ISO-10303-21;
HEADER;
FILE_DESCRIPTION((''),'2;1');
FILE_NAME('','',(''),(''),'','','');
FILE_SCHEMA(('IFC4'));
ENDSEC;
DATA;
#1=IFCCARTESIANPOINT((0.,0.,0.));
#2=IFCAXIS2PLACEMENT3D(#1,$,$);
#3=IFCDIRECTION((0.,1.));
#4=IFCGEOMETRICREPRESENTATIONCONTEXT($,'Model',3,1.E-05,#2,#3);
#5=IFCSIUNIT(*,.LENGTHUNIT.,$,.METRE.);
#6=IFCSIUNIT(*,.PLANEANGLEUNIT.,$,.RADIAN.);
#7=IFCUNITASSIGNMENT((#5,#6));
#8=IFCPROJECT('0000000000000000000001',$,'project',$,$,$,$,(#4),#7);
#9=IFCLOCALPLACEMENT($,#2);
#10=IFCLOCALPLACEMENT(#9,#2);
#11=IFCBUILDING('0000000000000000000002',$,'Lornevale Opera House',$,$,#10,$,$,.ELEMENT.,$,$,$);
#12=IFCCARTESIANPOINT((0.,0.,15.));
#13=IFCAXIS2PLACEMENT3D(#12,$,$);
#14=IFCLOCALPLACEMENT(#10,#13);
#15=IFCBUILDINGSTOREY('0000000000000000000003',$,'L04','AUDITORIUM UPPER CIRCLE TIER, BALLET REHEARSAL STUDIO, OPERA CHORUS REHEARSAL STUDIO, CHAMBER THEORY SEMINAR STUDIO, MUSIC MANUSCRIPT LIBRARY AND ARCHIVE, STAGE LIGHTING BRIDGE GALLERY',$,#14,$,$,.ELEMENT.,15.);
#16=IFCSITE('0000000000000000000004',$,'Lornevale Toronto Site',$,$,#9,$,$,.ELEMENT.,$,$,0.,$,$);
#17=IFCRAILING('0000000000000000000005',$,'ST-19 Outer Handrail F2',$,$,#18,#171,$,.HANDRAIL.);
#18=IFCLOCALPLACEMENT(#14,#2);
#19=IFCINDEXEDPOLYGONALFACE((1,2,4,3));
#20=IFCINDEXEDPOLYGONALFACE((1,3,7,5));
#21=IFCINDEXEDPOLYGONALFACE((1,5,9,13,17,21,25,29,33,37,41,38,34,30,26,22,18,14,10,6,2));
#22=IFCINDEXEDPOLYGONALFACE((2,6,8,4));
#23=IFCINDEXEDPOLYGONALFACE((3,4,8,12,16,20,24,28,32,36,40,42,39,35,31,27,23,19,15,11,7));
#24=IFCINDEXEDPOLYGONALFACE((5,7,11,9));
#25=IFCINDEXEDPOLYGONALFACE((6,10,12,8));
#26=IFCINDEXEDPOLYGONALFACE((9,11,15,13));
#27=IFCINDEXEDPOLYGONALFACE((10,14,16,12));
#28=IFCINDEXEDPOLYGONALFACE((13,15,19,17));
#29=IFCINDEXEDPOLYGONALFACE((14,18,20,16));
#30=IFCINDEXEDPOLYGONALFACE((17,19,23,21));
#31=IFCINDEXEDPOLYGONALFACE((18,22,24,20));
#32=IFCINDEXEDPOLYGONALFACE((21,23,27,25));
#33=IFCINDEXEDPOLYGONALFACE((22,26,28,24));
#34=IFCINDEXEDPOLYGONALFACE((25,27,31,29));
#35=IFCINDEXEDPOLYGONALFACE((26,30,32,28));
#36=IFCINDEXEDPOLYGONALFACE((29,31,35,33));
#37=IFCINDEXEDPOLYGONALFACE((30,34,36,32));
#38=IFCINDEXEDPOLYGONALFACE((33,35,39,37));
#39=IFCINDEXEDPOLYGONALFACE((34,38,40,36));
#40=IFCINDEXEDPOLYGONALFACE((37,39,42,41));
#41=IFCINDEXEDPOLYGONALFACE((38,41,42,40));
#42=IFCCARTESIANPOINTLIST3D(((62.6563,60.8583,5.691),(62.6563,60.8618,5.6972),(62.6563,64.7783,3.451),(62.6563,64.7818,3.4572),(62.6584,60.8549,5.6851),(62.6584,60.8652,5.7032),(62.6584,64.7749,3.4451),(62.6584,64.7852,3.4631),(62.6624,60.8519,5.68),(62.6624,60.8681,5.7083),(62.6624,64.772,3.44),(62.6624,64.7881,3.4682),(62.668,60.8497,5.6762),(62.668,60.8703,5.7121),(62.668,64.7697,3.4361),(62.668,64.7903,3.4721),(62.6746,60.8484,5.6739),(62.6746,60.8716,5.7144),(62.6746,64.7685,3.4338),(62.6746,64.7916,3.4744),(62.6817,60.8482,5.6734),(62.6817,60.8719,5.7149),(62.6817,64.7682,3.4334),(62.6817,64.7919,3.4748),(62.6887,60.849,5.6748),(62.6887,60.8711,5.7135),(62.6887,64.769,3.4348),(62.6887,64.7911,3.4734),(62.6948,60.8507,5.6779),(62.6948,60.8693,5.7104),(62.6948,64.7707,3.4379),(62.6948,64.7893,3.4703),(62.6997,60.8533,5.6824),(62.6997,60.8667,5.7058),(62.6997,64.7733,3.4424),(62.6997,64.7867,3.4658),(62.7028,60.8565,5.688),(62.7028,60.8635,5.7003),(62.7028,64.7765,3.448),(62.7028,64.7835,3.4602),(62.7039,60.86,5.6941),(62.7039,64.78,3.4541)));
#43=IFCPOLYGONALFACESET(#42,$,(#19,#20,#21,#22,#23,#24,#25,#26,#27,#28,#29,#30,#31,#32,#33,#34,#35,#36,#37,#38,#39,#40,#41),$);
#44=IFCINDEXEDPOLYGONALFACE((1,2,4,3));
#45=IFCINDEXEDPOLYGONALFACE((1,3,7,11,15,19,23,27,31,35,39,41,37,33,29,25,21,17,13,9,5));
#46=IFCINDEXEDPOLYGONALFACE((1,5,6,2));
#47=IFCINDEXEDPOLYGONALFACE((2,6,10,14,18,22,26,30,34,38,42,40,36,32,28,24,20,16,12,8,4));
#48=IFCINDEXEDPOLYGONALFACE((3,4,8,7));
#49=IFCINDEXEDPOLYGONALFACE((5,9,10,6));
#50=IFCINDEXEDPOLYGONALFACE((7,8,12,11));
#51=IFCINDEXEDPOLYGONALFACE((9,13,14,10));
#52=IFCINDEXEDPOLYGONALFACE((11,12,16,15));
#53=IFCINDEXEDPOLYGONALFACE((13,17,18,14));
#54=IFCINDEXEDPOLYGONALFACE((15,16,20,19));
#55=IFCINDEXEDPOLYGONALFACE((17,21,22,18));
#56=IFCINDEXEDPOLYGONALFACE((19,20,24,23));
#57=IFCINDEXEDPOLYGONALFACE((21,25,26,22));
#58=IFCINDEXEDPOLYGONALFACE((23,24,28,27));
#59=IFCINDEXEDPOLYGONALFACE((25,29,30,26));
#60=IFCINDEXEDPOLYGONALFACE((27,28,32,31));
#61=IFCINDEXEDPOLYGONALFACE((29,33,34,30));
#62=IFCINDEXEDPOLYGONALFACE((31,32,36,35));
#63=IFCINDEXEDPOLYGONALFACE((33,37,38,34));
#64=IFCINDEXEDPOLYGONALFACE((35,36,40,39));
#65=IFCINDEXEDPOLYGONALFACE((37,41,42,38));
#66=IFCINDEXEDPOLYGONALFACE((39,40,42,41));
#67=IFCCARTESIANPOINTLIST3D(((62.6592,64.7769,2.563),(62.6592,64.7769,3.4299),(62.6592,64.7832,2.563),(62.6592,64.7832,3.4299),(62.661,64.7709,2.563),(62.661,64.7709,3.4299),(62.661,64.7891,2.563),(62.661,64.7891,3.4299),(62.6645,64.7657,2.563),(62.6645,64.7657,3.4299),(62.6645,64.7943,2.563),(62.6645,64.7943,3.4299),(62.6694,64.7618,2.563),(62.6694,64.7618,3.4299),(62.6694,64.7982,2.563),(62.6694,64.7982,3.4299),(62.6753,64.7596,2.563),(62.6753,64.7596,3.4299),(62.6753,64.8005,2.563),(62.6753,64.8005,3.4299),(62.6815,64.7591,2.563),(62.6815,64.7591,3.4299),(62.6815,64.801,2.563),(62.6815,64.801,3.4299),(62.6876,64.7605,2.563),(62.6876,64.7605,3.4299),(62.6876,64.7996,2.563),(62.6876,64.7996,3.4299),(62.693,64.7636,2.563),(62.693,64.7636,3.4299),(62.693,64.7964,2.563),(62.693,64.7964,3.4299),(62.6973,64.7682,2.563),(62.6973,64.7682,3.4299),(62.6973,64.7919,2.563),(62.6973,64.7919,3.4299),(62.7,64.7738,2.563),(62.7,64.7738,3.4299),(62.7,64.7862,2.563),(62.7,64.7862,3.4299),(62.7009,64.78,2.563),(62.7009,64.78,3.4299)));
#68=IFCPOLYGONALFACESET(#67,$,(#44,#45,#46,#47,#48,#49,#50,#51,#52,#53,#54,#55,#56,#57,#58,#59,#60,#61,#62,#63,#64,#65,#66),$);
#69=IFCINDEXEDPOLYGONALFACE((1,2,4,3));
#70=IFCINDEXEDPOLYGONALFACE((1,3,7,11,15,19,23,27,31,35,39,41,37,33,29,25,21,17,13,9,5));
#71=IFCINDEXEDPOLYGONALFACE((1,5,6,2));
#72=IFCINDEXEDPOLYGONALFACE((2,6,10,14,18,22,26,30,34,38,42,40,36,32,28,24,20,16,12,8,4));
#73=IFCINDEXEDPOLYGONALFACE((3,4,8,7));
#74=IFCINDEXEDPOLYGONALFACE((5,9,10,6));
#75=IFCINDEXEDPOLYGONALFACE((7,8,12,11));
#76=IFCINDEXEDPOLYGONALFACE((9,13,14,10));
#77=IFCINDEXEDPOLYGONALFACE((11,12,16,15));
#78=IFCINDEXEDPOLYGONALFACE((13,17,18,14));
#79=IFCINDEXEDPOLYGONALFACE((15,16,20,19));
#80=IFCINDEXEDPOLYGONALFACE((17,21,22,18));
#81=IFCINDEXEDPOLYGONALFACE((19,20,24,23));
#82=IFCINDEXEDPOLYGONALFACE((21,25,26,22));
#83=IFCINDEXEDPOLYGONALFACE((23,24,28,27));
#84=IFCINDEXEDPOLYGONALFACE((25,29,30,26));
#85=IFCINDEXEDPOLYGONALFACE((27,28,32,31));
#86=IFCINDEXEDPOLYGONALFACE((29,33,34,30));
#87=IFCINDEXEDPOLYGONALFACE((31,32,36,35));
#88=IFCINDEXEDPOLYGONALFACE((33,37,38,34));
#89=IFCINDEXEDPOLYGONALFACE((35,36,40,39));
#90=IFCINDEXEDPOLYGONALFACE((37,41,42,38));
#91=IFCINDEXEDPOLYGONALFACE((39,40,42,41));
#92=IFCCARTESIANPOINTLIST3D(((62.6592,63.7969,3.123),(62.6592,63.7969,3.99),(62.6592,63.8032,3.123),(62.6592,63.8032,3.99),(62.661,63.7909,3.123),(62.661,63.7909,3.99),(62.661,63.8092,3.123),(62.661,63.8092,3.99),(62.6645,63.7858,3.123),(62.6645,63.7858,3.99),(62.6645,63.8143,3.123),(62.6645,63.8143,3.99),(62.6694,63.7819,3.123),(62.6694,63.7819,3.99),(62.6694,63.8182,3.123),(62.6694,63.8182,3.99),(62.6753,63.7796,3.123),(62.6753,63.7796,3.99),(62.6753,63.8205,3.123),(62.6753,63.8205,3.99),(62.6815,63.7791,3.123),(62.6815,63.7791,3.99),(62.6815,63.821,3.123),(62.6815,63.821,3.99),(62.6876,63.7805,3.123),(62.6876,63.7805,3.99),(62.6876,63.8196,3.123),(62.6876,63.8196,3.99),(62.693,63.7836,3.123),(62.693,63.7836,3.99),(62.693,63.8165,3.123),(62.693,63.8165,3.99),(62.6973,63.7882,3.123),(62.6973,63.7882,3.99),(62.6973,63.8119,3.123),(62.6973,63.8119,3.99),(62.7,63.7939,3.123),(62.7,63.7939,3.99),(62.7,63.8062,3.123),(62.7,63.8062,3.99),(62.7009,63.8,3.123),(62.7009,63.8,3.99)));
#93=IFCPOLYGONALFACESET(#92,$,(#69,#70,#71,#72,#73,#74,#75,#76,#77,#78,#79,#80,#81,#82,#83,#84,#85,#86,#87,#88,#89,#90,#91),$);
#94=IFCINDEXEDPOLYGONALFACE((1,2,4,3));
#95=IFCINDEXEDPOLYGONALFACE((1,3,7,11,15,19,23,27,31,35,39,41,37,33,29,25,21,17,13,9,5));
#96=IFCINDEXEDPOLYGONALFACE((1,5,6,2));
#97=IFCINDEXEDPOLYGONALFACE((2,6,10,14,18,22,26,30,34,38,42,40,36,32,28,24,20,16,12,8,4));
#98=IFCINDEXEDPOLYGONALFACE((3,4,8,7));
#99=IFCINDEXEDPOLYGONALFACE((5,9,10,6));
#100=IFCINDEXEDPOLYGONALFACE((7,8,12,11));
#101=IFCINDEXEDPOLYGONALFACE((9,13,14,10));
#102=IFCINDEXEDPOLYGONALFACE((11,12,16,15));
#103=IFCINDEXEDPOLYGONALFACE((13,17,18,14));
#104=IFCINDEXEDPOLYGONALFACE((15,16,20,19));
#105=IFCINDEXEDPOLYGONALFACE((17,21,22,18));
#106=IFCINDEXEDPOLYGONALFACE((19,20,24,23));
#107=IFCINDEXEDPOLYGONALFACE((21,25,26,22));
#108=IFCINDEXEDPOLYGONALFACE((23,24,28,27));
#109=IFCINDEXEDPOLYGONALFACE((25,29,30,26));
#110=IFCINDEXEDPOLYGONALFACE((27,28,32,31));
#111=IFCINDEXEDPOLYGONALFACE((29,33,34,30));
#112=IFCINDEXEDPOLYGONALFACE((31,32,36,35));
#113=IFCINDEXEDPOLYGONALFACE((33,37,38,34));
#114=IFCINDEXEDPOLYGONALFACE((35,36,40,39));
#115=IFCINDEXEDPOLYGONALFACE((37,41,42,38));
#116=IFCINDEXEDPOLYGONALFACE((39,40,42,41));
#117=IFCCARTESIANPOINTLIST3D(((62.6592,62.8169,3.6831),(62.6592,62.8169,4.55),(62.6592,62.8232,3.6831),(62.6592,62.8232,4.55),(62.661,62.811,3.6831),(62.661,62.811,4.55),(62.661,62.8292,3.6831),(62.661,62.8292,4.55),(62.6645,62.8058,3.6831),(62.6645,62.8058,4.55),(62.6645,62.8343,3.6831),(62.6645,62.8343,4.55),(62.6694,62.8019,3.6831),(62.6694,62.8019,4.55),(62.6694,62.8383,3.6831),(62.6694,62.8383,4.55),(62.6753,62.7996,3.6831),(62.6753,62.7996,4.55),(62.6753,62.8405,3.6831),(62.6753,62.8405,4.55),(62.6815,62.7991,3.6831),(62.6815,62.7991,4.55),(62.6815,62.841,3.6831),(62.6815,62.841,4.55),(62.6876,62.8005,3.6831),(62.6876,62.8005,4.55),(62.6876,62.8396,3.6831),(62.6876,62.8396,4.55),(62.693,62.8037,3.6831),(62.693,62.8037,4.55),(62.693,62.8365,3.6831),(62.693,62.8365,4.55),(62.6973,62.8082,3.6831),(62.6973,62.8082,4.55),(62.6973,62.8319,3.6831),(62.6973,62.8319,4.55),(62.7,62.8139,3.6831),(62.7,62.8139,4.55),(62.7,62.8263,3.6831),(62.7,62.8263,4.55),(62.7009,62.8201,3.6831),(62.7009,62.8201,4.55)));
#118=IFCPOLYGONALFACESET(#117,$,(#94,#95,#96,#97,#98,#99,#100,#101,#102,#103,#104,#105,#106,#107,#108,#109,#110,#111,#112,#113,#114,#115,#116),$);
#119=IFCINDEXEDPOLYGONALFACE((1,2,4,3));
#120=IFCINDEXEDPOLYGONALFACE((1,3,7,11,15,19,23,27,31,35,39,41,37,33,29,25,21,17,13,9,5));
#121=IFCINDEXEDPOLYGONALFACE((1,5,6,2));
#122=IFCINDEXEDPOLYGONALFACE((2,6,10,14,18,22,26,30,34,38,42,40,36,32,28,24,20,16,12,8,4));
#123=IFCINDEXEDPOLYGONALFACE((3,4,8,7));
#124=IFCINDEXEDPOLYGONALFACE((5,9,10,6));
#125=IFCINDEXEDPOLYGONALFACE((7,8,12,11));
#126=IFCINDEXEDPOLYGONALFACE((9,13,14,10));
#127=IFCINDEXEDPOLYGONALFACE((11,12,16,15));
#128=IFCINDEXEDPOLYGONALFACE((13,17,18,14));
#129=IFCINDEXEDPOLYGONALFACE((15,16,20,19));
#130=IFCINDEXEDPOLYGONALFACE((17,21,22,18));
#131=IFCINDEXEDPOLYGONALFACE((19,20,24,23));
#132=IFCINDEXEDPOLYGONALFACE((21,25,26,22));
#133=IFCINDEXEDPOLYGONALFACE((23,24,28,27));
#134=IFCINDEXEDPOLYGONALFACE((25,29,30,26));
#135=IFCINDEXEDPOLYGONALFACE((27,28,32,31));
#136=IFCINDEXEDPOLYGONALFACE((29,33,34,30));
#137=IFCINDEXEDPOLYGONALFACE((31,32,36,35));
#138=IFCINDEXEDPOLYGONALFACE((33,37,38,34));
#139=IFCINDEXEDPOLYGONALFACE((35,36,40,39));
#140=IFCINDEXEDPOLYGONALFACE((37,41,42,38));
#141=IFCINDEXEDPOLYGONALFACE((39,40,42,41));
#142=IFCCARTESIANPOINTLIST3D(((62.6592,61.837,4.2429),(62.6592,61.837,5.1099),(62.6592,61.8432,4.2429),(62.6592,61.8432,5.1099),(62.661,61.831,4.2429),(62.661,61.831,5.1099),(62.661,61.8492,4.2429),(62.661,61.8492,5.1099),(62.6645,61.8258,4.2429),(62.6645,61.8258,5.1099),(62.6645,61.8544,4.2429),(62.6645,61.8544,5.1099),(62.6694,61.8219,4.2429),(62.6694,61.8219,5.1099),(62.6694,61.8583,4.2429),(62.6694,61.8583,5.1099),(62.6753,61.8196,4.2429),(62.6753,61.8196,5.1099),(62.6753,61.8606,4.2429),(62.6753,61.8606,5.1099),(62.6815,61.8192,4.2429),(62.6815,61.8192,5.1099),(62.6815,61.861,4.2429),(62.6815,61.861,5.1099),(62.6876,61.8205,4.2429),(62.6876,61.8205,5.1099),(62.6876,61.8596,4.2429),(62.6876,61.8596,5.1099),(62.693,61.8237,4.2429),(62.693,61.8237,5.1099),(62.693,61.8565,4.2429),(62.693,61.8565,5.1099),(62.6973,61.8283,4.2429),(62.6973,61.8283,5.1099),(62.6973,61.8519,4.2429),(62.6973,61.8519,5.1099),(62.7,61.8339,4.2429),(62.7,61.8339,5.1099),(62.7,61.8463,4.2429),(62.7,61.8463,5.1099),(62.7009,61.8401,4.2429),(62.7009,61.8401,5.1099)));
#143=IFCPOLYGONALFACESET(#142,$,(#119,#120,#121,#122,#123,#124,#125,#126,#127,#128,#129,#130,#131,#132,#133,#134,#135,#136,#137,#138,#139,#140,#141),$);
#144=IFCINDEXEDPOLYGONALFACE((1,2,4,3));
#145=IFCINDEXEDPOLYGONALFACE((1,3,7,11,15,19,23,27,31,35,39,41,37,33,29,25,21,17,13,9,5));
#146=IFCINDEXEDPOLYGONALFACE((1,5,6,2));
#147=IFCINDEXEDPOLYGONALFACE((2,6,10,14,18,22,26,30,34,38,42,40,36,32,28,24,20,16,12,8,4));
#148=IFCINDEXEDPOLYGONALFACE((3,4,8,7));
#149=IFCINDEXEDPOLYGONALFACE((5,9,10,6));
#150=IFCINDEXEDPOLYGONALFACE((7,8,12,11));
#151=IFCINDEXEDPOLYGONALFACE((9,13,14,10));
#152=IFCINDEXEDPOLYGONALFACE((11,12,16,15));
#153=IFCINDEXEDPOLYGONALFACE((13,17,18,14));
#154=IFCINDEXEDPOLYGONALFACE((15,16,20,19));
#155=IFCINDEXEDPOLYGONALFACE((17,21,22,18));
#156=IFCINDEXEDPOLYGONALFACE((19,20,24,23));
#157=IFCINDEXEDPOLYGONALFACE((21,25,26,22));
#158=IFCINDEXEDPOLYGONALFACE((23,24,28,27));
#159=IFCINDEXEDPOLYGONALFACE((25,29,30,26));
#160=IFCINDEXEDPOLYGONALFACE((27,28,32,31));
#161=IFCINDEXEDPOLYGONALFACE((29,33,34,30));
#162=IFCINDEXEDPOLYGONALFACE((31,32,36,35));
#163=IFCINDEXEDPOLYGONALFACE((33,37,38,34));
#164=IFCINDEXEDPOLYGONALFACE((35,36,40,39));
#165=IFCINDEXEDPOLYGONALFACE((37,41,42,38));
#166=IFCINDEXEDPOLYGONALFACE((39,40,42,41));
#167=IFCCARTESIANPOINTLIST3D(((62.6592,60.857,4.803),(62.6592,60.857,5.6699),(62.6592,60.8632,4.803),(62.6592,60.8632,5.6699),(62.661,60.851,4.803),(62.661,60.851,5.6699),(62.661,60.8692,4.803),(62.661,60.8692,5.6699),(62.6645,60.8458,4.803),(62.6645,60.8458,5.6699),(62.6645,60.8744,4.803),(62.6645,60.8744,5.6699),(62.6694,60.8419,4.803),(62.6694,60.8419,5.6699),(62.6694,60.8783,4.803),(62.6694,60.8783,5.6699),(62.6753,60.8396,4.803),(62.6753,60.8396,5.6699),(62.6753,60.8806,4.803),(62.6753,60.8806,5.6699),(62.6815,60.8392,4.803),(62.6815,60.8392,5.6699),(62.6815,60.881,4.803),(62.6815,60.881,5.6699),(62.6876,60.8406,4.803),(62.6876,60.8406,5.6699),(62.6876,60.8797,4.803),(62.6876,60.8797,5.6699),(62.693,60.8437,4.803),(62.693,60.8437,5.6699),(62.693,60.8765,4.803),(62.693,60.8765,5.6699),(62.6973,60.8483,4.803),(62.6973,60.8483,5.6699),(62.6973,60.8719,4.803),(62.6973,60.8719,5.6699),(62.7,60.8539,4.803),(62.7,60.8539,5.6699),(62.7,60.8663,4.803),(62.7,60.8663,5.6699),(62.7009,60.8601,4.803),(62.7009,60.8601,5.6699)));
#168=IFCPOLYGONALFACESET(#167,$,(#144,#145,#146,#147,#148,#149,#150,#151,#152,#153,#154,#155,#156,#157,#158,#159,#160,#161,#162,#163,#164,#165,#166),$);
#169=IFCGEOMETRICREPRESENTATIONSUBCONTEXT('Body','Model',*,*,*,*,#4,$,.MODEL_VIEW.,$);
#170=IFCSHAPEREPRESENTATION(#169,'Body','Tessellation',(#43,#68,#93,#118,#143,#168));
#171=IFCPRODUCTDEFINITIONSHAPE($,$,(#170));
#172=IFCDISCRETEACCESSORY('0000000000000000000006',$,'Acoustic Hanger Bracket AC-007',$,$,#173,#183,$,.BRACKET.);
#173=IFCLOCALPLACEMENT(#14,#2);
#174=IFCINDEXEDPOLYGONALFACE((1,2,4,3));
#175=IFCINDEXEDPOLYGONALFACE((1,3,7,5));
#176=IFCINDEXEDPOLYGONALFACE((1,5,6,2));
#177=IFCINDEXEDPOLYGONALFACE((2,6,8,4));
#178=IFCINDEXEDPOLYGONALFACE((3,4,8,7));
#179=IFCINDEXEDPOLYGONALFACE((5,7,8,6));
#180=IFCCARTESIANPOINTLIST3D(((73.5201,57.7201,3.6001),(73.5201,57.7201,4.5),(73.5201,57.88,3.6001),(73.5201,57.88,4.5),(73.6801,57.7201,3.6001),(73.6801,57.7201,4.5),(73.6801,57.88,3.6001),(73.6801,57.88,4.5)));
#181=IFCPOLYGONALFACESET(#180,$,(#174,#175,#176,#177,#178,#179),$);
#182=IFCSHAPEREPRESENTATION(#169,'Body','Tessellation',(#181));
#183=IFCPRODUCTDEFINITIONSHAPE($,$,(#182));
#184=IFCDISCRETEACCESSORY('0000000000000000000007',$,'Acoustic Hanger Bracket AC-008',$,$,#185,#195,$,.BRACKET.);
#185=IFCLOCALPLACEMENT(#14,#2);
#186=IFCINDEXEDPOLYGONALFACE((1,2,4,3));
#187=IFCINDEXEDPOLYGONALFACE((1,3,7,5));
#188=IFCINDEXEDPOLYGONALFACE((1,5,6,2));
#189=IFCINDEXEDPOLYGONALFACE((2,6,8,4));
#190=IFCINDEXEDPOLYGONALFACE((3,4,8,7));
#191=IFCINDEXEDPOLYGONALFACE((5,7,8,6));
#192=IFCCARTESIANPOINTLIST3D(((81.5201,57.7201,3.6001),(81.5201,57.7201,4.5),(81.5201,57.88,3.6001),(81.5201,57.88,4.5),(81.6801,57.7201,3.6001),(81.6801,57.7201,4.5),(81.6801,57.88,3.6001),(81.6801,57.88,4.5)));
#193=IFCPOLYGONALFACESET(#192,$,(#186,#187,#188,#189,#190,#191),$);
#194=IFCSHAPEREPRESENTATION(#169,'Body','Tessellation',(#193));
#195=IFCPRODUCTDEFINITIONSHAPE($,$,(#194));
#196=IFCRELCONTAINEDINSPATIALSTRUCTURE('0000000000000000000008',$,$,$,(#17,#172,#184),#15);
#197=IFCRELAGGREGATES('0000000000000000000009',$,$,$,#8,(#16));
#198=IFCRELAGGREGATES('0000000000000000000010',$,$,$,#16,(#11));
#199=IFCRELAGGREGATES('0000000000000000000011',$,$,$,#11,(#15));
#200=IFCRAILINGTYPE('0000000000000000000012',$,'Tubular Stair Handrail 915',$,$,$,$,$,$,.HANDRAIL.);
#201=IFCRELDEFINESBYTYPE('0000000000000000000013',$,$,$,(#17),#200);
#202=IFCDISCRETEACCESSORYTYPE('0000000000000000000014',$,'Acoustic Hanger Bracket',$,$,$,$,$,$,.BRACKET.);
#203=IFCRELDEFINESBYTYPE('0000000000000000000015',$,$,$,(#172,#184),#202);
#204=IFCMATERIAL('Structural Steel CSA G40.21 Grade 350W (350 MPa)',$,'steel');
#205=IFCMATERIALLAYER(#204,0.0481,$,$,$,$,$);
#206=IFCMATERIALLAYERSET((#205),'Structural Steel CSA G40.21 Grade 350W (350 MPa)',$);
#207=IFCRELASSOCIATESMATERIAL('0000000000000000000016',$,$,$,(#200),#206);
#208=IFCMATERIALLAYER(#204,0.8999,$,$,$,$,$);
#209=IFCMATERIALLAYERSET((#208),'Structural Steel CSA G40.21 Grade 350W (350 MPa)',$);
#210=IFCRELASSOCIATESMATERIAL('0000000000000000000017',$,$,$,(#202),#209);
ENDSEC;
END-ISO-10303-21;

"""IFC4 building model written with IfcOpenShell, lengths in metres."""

from ifc_helpers import new_model, si_unit, direction, frame, origin, origin_2d, place, context, subcontext, project, spatial, rectangle, circle, extrude, material, layer, layer_set, type_object, element, save


model = new_model("IFC4")

# Units and contexts
model_context = context("Model", 3, precision=1e-05, world=origin(), true_north=direction((0.0, 1.0)))
body_context = subcontext(model_context, "Body", "Model", "MODEL_VIEW")
ifc_project = project(units=[si_unit("LENGTHUNIT", "METRE"), si_unit("PLANEANGLEUNIT", "RADIAN")], contexts=[model_context])

# Site, building, storey
site_placement = place(None, origin())
site = spatial("IfcSite", under=ifc_project, at=site_placement, Name="Lornevale Toronto Site", CompositionType="ELEMENT", RefElevation=0.0)
building_placement = place(site_placement, origin())
building = spatial("IfcBuilding", under=site, at=building_placement, Name="Lornevale Opera House", CompositionType="ELEMENT")
storey_placement = place(building_placement, frame((0.0, 0.0, 15.0)))
storey = spatial("IfcBuildingStorey", under=building, at=storey_placement, Name="L04", Description="AUDITORIUM UPPER CIRCLE TIER, BALLET REHEARSAL STUDIO, OPERA CHORUS REHEARSAL STUDIO, CHAMBER THEORY SEMINAR STUDIO, MUSIC MANUSCRIPT LIBRARY AND ARCHIVE, STAGE LIGHTING BRIDGE GALLERY", CompositionType="ELEMENT", Elevation=15.0)

# Shared definitions
ifc_material_1 = material(Name="Structural Steel CSA G40.21 Grade 350W (350 MPa)", Category="steel")

# Railing
ifc_layer_1 = layer(ifc_material_1, 0.0481)
ifc_layer_set_1 = layer_set([ifc_layer_1], Name="Structural Steel CSA G40.21 Grade 350W (350 MPa)")
railing_type_1 = type_object("IfcRailingType", Name="Tubular Stair Handrail 915", PredefinedType="HANDRAIL", material=ifc_layer_set_1)
railing_1_placement = place(storey_placement, frame((62.6799, 64.78, 2.563)))
element("IfcRailing", 1, at=railing_1_placement, inside=storey, type_object=railing_type_1, Name="ST-19 Outer Handrail F2", PredefinedType="HANDRAIL", context=body_context, shape_type="SweptSolid", body=[
    extrude(circle(Radius=0.0239, at=origin_2d()), frame((0.0, 0.0, 0.8911), z_axis=(0.0, -0.86824, 0.496145), x_axis=(1.0, 0.0, 0.0)), (0.0, 0.0, 1.0), 4.5149),
    extrude(circle(Radius=0.021, at=origin_2d()), origin(), (0.0, 0.0, 1.0), 0.8669),
    extrude(circle(Radius=0.021, at=origin_2d()), frame((0.0, -0.98, 0.5601)), (0.0, 0.0, 1.0), 0.8669),
    extrude(circle(Radius=0.021, at=origin_2d()), frame((0.0, -1.96, 1.1201)), (0.0, 0.0, 1.0), 0.8669),
    extrude(circle(Radius=0.021, at=origin_2d()), frame((0.0, -2.9399, 1.6799)), (0.0, 0.0, 1.0), 0.8669),
    extrude(circle(Radius=0.021, at=origin_2d()), frame((0.0, -3.9199, 2.24)), (0.0, 0.0, 1.0), 0.8669),
])

# Discrete accessories
ifc_layer_2 = layer(ifc_material_1, 0.8999)
ifc_layer_set_2 = layer_set([ifc_layer_2], Name="Structural Steel CSA G40.21 Grade 350W (350 MPa)")
discrete_accessory_type = type_object("IfcDiscreteAccessoryType", Name="Acoustic Hanger Bracket", PredefinedType="BRACKET", material=ifc_layer_set_2)
for number, where, z_axis, x_axis, name in (
    (2, (73.6001, 57.8, 3.6001), (0.0, 0.0, 1.0), (1.0, 0.0, 0.0), "Acoustic Hanger Bracket AC-007"),
    (3, (81.6001, 57.8, 3.6001), (0.0, 0.0, 1.0), (1.0, 0.0, 0.0), "Acoustic Hanger Bracket AC-008"),
):
    element("IfcDiscreteAccessory", number, at=place(storey_placement, frame(where, z_axis=z_axis, x_axis=x_axis)), inside=storey, type_object=discrete_accessory_type, Name=name, PredefinedType="BRACKET", context=body_context, shape_type="SweptSolid", body=[
        extrude(rectangle(XDim=0.1599, YDim=0.1599, at=origin_2d()), origin(), (0.0, 0.0, 1.0), 0.8999),
    ])

save(model, "model.ifc")
